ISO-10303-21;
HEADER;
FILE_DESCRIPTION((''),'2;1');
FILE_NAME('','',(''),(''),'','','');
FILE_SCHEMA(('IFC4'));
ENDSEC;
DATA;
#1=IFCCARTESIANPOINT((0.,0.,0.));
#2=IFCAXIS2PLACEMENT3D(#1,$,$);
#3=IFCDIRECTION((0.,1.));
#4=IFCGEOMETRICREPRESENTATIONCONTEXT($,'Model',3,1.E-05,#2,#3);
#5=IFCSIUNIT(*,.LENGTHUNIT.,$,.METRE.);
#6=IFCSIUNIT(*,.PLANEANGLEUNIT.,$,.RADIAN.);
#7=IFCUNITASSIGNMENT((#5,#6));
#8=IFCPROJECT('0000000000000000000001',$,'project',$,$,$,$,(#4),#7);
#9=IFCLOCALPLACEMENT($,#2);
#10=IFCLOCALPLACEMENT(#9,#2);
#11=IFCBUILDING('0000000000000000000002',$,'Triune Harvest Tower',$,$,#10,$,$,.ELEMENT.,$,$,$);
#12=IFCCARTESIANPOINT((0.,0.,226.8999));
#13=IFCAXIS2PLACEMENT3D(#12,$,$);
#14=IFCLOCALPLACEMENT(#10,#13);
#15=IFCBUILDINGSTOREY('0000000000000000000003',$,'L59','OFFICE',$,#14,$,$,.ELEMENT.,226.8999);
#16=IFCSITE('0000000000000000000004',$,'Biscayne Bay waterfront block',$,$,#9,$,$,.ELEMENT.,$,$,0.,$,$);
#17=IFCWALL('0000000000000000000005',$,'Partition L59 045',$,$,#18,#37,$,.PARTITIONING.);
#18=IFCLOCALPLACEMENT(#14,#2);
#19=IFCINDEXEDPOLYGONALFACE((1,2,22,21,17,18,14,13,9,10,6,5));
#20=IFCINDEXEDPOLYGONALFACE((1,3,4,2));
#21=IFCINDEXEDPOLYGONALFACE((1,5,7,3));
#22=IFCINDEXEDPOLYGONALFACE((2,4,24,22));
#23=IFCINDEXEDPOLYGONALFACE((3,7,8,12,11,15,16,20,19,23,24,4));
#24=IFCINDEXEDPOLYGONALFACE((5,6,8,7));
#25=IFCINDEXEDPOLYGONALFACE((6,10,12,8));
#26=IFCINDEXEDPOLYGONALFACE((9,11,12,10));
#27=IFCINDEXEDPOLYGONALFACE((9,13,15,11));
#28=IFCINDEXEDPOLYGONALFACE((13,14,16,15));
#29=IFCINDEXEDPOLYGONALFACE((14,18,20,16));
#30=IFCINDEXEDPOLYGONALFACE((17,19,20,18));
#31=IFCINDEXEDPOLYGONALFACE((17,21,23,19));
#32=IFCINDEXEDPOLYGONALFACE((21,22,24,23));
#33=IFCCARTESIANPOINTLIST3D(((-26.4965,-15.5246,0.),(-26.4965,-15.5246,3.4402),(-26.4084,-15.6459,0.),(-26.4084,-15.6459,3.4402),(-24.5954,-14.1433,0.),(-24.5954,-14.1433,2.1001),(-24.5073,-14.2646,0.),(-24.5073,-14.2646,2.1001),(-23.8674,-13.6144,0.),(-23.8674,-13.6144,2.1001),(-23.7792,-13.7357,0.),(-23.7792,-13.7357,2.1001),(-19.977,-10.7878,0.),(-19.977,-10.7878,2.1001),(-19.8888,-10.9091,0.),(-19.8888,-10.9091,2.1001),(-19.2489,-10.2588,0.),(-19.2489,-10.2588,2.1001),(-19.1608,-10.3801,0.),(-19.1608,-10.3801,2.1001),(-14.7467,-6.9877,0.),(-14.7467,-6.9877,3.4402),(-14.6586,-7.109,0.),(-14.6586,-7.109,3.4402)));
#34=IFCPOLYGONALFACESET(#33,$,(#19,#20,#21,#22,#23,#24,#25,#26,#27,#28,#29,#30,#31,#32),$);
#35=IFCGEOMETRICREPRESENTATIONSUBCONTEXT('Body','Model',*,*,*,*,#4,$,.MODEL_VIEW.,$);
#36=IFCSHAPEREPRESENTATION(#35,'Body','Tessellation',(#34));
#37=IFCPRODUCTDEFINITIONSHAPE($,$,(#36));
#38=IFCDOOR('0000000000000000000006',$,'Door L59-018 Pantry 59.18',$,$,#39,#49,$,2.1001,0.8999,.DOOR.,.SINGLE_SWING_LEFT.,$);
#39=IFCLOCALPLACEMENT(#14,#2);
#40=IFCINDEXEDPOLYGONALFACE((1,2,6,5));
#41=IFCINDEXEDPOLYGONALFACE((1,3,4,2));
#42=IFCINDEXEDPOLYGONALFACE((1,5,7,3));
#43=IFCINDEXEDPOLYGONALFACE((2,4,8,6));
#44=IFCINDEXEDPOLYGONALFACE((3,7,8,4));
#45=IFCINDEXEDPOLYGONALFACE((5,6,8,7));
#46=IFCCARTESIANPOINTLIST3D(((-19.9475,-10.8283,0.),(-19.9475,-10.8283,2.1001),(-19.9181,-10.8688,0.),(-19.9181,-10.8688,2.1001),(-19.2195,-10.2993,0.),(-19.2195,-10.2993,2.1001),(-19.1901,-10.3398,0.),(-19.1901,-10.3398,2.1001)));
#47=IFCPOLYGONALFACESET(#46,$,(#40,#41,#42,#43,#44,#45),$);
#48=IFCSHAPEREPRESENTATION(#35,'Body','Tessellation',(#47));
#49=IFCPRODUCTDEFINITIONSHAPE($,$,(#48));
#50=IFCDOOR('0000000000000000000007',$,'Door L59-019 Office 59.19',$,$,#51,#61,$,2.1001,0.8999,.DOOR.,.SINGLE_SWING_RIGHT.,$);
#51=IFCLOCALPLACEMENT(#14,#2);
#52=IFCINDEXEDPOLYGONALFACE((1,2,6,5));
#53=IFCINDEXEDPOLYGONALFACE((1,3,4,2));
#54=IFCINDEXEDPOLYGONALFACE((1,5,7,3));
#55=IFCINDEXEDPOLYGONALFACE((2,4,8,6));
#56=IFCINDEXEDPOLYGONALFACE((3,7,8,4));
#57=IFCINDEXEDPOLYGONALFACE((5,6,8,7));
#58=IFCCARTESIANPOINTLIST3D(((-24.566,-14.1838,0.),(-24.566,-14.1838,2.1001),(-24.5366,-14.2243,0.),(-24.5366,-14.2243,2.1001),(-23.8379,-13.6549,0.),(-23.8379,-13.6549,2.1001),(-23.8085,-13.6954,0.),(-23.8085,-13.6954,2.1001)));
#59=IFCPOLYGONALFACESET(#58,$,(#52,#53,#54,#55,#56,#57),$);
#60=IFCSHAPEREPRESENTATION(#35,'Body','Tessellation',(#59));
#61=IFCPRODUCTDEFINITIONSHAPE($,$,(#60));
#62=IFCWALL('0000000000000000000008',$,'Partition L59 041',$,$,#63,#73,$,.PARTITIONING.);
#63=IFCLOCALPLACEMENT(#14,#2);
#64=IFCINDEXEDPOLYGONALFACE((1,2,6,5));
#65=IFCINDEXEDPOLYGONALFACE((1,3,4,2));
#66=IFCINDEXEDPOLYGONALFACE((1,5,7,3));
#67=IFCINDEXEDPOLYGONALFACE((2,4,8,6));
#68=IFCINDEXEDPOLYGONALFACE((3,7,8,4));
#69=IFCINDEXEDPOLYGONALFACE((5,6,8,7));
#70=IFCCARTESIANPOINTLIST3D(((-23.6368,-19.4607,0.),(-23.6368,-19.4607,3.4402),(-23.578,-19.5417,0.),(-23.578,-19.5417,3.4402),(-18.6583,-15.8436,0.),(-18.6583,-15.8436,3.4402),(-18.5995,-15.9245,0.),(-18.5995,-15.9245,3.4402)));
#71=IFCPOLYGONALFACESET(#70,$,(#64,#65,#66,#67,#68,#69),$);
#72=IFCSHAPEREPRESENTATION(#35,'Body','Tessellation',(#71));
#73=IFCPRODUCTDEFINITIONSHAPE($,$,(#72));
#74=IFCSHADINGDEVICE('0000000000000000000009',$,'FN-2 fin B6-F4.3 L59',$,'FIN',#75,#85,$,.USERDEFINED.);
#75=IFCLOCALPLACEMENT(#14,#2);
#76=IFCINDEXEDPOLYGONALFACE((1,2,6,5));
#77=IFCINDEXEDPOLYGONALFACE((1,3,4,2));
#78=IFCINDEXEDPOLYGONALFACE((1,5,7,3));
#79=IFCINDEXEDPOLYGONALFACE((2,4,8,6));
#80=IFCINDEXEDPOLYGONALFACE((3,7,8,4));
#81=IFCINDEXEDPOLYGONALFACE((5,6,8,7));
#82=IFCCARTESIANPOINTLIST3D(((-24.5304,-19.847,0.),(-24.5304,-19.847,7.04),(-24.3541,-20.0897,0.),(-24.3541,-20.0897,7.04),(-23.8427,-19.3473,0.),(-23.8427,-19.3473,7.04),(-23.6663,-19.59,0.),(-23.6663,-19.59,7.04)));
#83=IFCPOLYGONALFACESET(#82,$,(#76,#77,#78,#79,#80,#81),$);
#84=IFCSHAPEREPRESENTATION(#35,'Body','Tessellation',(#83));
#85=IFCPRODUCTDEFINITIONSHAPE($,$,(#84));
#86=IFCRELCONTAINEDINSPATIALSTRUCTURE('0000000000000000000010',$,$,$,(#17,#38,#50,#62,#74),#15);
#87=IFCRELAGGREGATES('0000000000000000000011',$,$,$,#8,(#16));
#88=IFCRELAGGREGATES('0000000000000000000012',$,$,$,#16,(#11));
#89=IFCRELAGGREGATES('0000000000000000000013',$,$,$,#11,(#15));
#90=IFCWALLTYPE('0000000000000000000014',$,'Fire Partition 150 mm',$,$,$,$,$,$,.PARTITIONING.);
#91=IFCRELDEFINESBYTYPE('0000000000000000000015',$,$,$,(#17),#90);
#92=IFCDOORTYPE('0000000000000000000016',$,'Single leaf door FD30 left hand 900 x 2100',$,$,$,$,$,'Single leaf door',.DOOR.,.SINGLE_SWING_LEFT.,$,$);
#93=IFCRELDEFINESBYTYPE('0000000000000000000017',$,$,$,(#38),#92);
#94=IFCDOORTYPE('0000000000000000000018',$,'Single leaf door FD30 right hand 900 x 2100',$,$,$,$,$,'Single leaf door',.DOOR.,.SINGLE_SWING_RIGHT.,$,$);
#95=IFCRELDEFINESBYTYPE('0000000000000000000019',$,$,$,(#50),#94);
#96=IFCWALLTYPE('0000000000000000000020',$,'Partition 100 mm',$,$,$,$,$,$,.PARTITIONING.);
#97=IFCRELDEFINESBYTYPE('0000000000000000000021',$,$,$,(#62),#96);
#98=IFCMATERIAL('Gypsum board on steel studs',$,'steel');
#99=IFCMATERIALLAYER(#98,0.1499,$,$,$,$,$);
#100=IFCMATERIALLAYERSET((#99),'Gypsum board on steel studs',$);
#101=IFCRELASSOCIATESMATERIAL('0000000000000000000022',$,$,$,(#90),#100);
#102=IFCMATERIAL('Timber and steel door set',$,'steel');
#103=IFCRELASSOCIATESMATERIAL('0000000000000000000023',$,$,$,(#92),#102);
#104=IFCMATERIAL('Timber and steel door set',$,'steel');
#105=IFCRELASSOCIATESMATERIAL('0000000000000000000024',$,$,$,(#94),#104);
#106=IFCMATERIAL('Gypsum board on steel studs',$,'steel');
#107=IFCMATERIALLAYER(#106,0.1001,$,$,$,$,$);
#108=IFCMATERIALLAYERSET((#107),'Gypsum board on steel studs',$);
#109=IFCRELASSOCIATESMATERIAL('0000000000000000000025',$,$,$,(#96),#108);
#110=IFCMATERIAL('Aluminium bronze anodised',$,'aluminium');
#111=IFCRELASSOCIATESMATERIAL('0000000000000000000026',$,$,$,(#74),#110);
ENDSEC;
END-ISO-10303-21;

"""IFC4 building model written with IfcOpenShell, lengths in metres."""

from ifc_helpers import new_model, si_unit, direction, frame, frame_2d, origin, origin_2d, place, context, subcontext, project, spatial, rectangle, extrude, source, transform, mapped, material, layer, layer_set, type_object, element, fill, save


model = new_model("IFC4")

# Units and contexts
model_context = context("Model", 3, precision=1e-05, world=origin(), true_north=direction((0.0, 1.0)))
body_context = subcontext(model_context, "Body", "Model", "MODEL_VIEW")
ifc_project = project(units=[si_unit("LENGTHUNIT", "METRE"), si_unit("PLANEANGLEUNIT", "RADIAN")], contexts=[model_context])

# Site, building, storey
site_placement = place(None, origin())
site = spatial("IfcSite", under=ifc_project, at=site_placement, Name="Biscayne Bay waterfront block", CompositionType="ELEMENT", RefElevation=0.0)
building_placement = place(site_placement, origin())
building = spatial("IfcBuilding", under=site, at=building_placement, Name="Triune Harvest Tower", CompositionType="ELEMENT")
storey_placement = place(building_placement, frame((0.0, 0.0, 226.8999)))
storey = spatial("IfcBuildingStorey", under=building, at=storey_placement, Name="L59", Description="OFFICE", CompositionType="ELEMENT", Elevation=226.8999)

# Wall, openings, doors
ifc_material_1 = material(Name="Gypsum board on steel studs", Category="steel")
ifc_layer_1 = layer(ifc_material_1, 0.1499)
ifc_layer_set_1 = layer_set([ifc_layer_1], Name="Gypsum board on steel studs")
wall_type_1 = type_object("IfcWallType", Name="Fire Partition 150 mm", PredefinedType="PARTITIONING", material=ifc_layer_set_1)
wall_1_placement = place(storey_placement, frame((-26.4524, -15.5852, 0.0), z_axis=(0.0, 0.0, 1.0), x_axis=(0.809011, 0.587793, 0.0)))
wall_1 = element("IfcWall", 1, at=wall_1_placement, inside=storey, type_object=wall_type_1, Name="Partition L59 045", PredefinedType="PARTITIONING", context=body_context, shape_type="SweptSolid", body=[
    extrude(rectangle(XDim=14.5237, YDim=0.1499, at=frame_2d((7.2617, 0.0))), origin(), (0.0, 0.0, 1.0), 3.4402),
])
opening_1_placement = place(wall_1_placement, frame((8.0586, 0.0, 0.0)))
opening_1 = element("IfcOpeningElement", 2, at=opening_1_placement, cuts=wall_1, PredefinedType="OPENING", context=body_context, shape_type="SweptSolid", body=[
    extrude(rectangle(XDim=0.8999, YDim=2.1001, at=frame_2d((0.45, 1.05))), frame((0.0, 0.085, 0.0), z_axis=(0.0, -1.0, 0.0), x_axis=(1.0, 0.0, 0.0)), (0.0, 0.0, 1.0), 0.1699),
])
opening_2_placement = place(wall_1_placement, frame((2.3499, 0.0, 0.0)))
opening_2 = element("IfcOpeningElement", 3, at=opening_2_placement, cuts=wall_1, PredefinedType="OPENING", context=body_context, shape_type="SweptSolid", body=[
    extrude(rectangle(XDim=0.8999, YDim=2.1001, at=frame_2d((0.45, 1.05))), frame((0.0, 0.085, 0.0), z_axis=(0.0, -1.0, 0.0), x_axis=(1.0, 0.0, 0.0)), (0.0, 0.0, 1.0), 0.1699),
])
ifc_material_2 = material(Name="Timber and steel door set", Category="steel")
door_type_1 = type_object("IfcDoorType", Name="Single leaf door FD30 left hand 900 x 2100", ElementType="Single leaf door", OperationType="SINGLE_SWING_LEFT", PredefinedType="DOOR", material=ifc_material_2)
door_1_placement = place(opening_1_placement, origin())
door_1 = element("IfcDoor", 4, at=door_1_placement, inside=storey, type_object=door_type_1, Name="Door L59-018 Pantry 59.18", OperationType="SINGLE_SWING_LEFT", OverallHeight=2.1001, OverallWidth=0.8999, PredefinedType="DOOR", context=body_context, shape_type="SweptSolid", body=[
    extrude(rectangle(XDim=0.8999, YDim=2.1001, at=frame_2d((0.45, 1.05))), frame((0.0, 0.0249, 0.0), z_axis=(0.0, -1.0, 0.0), x_axis=(1.0, 0.0, 0.0)), (0.0, 0.0, 1.0), 0.05),
])
fill(opening_1, door_1)
ifc_material_3 = material(Name="Timber and steel door set", Category="steel")
door_type_2 = type_object("IfcDoorType", Name="Single leaf door FD30 right hand 900 x 2100", ElementType="Single leaf door", OperationType="SINGLE_SWING_RIGHT", PredefinedType="DOOR", material=ifc_material_3)
door_2_placement = place(opening_2_placement, origin())
door_2 = element("IfcDoor", 5, at=door_2_placement, inside=storey, type_object=door_type_2, Name="Door L59-019 Office 59.19", OperationType="SINGLE_SWING_RIGHT", OverallHeight=2.1001, OverallWidth=0.8999, PredefinedType="DOOR", context=body_context, shape_type="SweptSolid", body=[
    extrude(rectangle(XDim=0.8999, YDim=2.1001, at=frame_2d((0.45, 1.05))), frame((0.0, 0.0249, 0.0), z_axis=(0.0, -1.0, 0.0), x_axis=(1.0, 0.0, 0.0)), (0.0, 0.0, 1.0), 0.05),
])
fill(opening_2, door_2)

# Wall
ifc_material_4 = material(Name="Gypsum board on steel studs", Category="steel")
ifc_layer_2 = layer(ifc_material_4, 0.1001)
ifc_layer_set_2 = layer_set([ifc_layer_2], Name="Gypsum board on steel studs")
wall_type_2 = type_object("IfcWallType", Name="Partition 100 mm", PredefinedType="PARTITIONING", material=ifc_layer_set_2)
wall_2_placement = place(storey_placement, frame((-23.6074, -19.5012, 0.0), z_axis=(0.0, 0.0, 1.0), x_axis=(0.80901, 0.587794, 0.0)))
element("IfcWall", 6, at=wall_2_placement, inside=storey, type_object=wall_type_2, Name="Partition L59 041", PredefinedType="PARTITIONING", context=body_context, shape_type="SweptSolid", body=[
    extrude(rectangle(XDim=6.1538, YDim=0.1001, at=frame_2d((3.0769, 0.0))), origin(), (0.0, 0.0, 1.0), 3.4402),
])

# Shading device
ifc_material_5 = material(Name="Aluminium bronze anodised", Category="aluminium")
shared_shape_1 = source(origin(), body_context, "Body", "SweptSolid", [
    extrude(rectangle(XDim=0.3, YDim=0.8501, at=origin_2d()), origin(), (0.0, 0.0, 1.0), 7.04),
])
shading_device_placement = place(storey_placement, frame((-24.0984, -19.7185, 0.0), z_axis=(0.0, 0.0, 1.0), x_axis=(0.587789, -0.809014, 0.0)))
element("IfcShadingDevice", 7, at=shading_device_placement, inside=storey, material=ifc_material_5, Name="FN-2 fin B6-F4.3 L59", ObjectType="FIN", PredefinedType="USERDEFINED", context=body_context, shape_type="MappedRepresentation", body=[
    mapped(shared_shape_1, transform((0.0, 0.0, 0.0), scale=1.0)),
])

save(model, "model.ifc")
